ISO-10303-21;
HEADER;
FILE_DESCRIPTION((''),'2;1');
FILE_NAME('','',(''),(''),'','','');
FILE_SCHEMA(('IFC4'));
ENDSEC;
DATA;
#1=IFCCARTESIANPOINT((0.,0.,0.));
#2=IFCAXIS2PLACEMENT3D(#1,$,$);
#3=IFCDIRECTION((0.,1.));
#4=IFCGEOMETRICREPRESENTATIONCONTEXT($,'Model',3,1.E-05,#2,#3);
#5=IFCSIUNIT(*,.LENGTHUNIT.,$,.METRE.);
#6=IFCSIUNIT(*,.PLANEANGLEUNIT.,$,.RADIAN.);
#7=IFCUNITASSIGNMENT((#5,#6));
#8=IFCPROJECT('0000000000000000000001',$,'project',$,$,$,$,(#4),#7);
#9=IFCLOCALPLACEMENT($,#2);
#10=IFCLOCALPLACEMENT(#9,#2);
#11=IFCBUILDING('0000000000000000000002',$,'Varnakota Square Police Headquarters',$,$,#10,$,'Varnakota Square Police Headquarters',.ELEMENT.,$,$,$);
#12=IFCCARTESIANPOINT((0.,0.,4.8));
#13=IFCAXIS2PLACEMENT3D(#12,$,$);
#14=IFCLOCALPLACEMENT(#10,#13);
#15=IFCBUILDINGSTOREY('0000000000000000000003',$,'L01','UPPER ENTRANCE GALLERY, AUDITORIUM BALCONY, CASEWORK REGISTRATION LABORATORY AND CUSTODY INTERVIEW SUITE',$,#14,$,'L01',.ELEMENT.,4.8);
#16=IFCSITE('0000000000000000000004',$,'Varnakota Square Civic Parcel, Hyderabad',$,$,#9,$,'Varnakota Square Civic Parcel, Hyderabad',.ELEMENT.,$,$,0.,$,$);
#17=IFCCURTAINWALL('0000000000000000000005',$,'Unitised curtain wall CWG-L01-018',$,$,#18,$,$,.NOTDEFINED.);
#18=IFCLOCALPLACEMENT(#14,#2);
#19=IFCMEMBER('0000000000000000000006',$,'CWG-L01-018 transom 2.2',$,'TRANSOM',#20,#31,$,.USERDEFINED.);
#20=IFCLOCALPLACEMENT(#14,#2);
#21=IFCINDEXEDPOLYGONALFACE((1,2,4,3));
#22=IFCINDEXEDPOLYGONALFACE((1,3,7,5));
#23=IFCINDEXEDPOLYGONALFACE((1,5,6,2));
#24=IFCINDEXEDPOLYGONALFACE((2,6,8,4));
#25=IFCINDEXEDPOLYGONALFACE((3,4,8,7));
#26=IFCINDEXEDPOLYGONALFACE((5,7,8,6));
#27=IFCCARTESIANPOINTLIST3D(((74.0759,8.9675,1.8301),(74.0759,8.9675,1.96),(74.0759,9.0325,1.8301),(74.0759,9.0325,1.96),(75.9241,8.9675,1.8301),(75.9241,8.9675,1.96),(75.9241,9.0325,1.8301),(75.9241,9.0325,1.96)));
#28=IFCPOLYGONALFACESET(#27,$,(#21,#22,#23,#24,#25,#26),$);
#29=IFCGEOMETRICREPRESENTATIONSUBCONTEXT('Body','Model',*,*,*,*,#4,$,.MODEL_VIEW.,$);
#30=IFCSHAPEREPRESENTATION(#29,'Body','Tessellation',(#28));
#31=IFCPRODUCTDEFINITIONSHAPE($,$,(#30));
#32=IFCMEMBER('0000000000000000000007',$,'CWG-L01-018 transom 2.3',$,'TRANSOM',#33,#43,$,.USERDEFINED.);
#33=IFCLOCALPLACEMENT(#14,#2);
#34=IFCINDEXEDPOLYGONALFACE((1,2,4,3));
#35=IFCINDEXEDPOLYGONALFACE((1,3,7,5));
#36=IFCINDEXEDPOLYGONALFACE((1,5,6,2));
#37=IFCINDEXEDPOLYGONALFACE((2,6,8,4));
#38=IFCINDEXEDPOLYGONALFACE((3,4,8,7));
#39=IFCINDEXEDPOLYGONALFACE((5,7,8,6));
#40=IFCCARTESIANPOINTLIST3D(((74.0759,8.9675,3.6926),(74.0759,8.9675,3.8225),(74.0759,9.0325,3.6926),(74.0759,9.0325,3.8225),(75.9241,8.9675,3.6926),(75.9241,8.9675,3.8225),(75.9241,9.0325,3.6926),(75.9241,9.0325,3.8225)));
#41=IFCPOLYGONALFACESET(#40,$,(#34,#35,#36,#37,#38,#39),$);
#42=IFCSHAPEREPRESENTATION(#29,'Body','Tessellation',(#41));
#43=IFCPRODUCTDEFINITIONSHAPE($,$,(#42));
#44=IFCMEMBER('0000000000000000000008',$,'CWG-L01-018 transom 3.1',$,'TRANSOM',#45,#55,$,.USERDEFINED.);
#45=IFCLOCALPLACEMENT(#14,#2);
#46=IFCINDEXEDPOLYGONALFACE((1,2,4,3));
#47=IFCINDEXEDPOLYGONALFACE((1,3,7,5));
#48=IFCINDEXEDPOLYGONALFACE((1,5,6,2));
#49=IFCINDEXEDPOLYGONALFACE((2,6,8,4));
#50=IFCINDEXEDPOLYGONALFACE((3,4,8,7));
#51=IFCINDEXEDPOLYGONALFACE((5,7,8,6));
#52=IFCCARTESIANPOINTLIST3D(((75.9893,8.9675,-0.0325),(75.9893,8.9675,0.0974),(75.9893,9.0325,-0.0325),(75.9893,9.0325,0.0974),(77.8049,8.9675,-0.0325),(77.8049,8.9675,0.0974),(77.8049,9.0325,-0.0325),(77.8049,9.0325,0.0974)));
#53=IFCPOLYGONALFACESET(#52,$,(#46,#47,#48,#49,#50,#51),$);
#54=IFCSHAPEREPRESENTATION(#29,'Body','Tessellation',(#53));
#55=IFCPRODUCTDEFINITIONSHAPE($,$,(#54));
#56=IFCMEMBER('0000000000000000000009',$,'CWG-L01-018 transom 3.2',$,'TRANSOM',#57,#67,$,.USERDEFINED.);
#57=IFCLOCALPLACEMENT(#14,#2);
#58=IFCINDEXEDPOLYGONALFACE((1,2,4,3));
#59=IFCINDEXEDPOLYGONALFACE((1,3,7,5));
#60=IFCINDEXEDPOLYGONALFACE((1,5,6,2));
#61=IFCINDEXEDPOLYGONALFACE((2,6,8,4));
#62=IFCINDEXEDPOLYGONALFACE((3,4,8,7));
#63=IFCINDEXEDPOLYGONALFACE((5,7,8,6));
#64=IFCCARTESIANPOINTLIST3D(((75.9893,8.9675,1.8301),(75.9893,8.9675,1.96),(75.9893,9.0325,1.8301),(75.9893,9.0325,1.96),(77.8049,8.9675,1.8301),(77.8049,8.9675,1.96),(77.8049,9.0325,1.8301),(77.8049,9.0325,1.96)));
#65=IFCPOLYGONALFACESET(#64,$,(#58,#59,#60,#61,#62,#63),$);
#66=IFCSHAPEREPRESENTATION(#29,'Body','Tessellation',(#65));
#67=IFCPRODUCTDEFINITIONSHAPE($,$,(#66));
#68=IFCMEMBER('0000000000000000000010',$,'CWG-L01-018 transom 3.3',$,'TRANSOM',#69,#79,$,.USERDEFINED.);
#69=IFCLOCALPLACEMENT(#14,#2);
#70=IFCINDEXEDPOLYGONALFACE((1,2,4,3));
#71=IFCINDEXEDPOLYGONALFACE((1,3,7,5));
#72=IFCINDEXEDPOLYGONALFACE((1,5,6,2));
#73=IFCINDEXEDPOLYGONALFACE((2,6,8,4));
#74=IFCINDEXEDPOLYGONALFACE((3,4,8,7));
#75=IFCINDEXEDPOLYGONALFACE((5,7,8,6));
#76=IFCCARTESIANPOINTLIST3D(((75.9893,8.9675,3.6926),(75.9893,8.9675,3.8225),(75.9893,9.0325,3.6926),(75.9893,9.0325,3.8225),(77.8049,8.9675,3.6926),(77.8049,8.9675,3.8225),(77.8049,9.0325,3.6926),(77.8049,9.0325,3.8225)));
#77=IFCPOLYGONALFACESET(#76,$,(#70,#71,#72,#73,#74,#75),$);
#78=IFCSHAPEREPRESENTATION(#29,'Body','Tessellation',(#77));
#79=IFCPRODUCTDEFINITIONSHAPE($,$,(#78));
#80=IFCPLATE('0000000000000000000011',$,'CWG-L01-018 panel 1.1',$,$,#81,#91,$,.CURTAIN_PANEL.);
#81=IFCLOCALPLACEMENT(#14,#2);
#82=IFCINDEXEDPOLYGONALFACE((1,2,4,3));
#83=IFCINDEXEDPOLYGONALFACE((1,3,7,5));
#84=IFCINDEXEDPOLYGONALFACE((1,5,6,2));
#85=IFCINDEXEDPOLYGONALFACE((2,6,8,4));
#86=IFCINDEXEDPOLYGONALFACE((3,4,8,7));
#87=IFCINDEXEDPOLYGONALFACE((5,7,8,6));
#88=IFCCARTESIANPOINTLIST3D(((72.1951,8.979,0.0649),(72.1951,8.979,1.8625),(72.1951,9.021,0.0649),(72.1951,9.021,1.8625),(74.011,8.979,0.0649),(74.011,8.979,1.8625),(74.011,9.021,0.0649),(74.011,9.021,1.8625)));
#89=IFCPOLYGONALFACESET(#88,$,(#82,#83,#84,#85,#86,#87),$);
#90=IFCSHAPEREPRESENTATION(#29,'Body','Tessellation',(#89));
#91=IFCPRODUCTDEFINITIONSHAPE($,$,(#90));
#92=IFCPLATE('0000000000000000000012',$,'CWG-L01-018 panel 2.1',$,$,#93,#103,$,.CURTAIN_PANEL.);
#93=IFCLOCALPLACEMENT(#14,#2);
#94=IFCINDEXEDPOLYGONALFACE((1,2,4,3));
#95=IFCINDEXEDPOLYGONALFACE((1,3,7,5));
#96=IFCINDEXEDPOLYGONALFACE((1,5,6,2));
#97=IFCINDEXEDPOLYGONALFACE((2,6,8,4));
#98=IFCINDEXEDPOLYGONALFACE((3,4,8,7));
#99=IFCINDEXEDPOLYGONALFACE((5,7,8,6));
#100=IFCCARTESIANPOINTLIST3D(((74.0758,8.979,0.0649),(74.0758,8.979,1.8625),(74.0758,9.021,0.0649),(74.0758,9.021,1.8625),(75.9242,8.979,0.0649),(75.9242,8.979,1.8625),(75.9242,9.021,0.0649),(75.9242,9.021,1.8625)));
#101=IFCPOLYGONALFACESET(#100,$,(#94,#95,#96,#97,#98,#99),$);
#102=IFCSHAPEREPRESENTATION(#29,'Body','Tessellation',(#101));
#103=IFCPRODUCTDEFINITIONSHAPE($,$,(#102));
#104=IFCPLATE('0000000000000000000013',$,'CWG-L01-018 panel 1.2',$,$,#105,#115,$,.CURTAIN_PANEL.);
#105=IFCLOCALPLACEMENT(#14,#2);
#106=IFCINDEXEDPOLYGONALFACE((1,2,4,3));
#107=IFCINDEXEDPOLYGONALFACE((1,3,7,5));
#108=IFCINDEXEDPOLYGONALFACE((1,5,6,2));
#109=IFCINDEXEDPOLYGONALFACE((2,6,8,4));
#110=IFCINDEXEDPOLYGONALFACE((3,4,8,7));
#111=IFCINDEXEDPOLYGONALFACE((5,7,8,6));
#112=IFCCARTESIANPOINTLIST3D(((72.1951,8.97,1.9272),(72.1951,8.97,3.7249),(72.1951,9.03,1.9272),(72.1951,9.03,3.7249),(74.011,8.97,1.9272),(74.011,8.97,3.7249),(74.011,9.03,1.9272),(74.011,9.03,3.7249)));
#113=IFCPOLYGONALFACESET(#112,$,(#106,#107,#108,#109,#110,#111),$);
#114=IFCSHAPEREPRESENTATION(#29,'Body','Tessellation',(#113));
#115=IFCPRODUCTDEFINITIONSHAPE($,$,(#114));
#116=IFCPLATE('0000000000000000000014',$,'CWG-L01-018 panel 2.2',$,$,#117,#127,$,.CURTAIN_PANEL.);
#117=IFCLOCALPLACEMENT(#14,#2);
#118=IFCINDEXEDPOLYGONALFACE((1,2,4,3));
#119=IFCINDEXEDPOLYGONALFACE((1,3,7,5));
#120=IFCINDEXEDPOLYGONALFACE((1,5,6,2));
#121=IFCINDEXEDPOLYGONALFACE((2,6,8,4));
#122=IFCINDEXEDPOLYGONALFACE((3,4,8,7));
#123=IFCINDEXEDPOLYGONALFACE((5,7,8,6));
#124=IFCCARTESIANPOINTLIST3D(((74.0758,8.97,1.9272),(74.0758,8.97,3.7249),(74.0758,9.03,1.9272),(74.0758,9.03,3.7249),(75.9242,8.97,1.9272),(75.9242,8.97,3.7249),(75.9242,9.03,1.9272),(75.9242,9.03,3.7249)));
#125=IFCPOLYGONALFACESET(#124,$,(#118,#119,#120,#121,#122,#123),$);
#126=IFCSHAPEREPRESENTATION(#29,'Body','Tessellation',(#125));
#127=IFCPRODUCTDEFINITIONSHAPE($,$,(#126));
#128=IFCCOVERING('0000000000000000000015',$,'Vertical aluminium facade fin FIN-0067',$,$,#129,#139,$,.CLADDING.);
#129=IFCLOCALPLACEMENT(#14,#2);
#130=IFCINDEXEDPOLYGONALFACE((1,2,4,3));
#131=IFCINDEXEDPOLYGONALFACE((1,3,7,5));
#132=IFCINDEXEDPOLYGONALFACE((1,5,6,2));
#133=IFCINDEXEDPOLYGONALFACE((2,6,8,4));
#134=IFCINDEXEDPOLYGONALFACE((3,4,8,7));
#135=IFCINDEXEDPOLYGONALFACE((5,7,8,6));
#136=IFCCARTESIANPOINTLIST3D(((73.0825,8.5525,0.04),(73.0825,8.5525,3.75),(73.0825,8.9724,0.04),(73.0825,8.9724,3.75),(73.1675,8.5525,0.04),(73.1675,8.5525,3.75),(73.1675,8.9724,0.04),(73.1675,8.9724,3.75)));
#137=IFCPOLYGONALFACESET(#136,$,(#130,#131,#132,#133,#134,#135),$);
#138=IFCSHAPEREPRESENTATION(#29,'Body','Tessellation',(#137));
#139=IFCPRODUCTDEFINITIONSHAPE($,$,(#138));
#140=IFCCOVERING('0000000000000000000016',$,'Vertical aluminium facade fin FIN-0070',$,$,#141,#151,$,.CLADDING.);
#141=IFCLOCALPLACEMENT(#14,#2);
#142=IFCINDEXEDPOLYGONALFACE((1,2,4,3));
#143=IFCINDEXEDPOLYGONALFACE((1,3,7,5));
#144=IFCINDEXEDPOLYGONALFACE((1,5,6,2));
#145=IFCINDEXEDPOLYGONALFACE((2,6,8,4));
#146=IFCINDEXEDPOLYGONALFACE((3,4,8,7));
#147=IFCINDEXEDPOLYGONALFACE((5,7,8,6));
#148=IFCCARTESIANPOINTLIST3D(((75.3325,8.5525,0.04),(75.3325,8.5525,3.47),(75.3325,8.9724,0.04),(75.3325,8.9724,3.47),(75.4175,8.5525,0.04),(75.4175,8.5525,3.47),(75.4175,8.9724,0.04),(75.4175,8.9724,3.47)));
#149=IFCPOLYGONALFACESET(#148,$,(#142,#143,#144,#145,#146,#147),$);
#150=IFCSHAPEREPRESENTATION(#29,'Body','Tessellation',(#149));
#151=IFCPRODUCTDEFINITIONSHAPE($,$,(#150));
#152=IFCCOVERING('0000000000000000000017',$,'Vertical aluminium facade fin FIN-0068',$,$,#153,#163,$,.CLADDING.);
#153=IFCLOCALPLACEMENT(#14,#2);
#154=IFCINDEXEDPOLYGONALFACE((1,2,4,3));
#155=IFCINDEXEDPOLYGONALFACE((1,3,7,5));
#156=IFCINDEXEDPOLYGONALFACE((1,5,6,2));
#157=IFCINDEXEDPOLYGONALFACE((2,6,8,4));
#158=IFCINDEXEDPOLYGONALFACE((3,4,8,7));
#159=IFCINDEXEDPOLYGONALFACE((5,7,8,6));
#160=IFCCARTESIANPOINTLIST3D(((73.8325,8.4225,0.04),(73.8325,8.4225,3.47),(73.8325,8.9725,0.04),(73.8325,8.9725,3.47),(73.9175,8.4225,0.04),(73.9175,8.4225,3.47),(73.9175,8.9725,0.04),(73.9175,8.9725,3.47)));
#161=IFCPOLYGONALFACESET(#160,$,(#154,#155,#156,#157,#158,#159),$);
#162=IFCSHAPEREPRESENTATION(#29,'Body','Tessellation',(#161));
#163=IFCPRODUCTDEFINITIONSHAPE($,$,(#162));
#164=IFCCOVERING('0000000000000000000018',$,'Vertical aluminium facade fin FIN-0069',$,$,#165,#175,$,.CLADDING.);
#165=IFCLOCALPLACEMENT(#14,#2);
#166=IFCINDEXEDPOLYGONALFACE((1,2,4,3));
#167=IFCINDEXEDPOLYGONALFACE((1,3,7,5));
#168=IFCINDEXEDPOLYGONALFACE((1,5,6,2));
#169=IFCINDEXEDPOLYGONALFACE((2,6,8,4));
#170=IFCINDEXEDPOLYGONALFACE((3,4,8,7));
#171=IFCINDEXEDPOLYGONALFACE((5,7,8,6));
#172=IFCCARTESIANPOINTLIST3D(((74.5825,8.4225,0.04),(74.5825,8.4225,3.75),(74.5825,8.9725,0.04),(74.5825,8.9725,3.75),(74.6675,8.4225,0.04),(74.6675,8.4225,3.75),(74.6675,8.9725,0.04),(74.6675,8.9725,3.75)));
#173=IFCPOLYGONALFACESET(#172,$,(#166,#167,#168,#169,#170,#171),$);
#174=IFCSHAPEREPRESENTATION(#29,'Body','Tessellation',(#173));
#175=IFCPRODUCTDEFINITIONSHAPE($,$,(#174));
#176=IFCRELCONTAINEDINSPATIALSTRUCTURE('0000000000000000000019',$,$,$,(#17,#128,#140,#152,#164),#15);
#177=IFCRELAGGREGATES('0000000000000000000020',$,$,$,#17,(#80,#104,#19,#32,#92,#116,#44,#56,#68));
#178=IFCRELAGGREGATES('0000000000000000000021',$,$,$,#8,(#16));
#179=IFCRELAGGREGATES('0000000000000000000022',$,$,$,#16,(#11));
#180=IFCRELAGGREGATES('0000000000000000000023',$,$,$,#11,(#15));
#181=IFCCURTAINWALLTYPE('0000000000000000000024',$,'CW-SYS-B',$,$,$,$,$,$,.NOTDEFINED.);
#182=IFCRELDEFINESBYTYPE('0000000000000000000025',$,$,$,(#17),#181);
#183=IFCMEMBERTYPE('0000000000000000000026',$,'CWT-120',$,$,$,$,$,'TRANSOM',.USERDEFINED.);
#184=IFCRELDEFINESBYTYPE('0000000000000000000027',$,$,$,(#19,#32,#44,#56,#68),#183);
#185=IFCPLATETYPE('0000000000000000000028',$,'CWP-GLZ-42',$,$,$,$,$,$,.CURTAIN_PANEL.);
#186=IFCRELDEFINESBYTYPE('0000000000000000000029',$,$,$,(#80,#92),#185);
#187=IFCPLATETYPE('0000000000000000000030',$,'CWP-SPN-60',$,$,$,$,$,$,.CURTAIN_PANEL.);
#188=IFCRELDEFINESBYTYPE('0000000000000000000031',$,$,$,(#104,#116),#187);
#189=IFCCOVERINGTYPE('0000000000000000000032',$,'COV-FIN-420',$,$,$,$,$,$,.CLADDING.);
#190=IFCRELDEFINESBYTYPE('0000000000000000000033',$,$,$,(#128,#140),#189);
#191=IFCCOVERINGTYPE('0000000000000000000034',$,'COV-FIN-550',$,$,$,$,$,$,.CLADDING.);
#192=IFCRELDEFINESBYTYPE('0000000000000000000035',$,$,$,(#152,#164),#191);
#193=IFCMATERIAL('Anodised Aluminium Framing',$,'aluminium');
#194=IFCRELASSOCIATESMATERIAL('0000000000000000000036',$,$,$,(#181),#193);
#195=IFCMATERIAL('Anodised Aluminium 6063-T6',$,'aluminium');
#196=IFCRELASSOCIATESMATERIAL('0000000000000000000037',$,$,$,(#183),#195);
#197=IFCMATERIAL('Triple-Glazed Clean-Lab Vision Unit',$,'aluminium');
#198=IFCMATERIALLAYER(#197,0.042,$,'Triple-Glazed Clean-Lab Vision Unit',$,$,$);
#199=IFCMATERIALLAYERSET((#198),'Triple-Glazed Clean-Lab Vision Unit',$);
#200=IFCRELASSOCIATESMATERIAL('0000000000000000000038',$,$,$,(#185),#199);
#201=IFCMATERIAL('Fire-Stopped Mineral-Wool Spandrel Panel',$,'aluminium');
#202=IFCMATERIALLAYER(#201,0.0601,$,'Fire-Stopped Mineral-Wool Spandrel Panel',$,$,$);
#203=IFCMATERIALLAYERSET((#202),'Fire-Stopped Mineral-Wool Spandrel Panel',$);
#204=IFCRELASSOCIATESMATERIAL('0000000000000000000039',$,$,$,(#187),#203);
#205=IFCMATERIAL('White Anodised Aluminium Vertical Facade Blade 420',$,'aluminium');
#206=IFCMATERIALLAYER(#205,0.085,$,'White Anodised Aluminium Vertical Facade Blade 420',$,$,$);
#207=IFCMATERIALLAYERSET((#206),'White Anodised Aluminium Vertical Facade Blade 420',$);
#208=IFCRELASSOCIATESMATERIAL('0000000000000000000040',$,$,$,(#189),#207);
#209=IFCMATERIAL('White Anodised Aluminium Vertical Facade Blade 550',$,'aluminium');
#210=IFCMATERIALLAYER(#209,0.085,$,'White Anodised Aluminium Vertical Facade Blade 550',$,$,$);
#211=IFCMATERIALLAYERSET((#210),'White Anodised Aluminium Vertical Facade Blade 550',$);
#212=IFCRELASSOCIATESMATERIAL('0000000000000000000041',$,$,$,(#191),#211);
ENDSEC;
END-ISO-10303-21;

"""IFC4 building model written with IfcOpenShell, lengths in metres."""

from ifc_helpers import new_model, si_unit, direction, frame, origin, origin_2d, place, context, subcontext, project, spatial, rectangle, extrude, material, layer, layer_set, material_profile, profile_set, type_object, element, aggregate, save


model = new_model("IFC4")

# Units and contexts
model_context = context("Model", 3, precision=1e-05, world=origin(), true_north=direction((0.0, 1.0)))
body_context = subcontext(model_context, "Body", "Model", "MODEL_VIEW")
ifc_project = project(units=[si_unit("LENGTHUNIT", "METRE"), si_unit("PLANEANGLEUNIT", "RADIAN")], contexts=[model_context])

# Site, building, storey
site_placement = place(None, origin())
site = spatial("IfcSite", under=ifc_project, at=site_placement, Name="Varnakota Square Civic Parcel, Hyderabad", LongName="Varnakota Square Civic Parcel, Hyderabad", CompositionType="ELEMENT", RefElevation=0.0)
building_placement = place(site_placement, origin())
building = spatial("IfcBuilding", under=site, at=building_placement, Name="Varnakota Square Police Headquarters", LongName="Varnakota Square Police Headquarters", CompositionType="ELEMENT")
storey_placement = place(building_placement, frame((0.0, 0.0, 4.8)))
storey = spatial("IfcBuildingStorey", under=building, at=storey_placement, Name="L01", Description="UPPER ENTRANCE GALLERY, AUDITORIUM BALCONY, CASEWORK REGISTRATION LABORATORY AND CUSTODY INTERVIEW SUITE", LongName="L01", CompositionType="ELEMENT", Elevation=4.8)

# Curtain wall, members, plates
ifc_material_1 = material(Name="Anodised Aluminium Framing", Category="aluminium")
curtain_wall_type = type_object("IfcCurtainWallType", Name="CW-SYS-B", PredefinedType="NOTDEFINED", material=ifc_material_1)
curtain_wall_placement = place(storey_placement, origin())
curtain_wall = element("IfcCurtainWall", 1, at=curtain_wall_placement, inside=storey, type_object=curtain_wall_type, Name="Unitised curtain wall CWG-L01-018", PredefinedType="NOTDEFINED")
ifc_material_2 = material(Name="Anodised Aluminium 6063-T6", Category="aluminium")
ifc_material_profile_1 = material_profile(ifc_material_2, rectangle(XDim=0.0649, YDim=0.1299, at=origin_2d()), Name="ALU TRANSOM 65x130")
ifc_profile_set_1 = profile_set([ifc_material_profile_1], Name="Anodised Aluminium 6063-T6")
member_type_1 = type_object("IfcMemberType", Name="CWT-120", ElementType="TRANSOM", PredefinedType="USERDEFINED", material=ifc_profile_set_1)
member_1_placement = place(storey_placement, frame((74.0759, 9.0, 1.895), z_axis=(1.0, 0.0, 0.0), x_axis=(0.0, 1.0, 0.0)))
member_1 = element("IfcMember", 2, at=member_1_placement, type_object=member_type_1, Name="CWG-L01-018 transom 2.2", ObjectType="TRANSOM", PredefinedType="USERDEFINED", context=body_context, shape_type="SweptSolid", body=[
    extrude(rectangle(XDim=0.0649, YDim=0.1299, at=origin_2d()), origin(), (0.0, 0.0, 1.0), 1.8481),
])
member_2_placement = place(storey_placement, frame((74.0759, 9.0, 3.7576), z_axis=(1.0, 0.0, 0.0), x_axis=(0.0, 1.0, 0.0)))
member_2 = element("IfcMember", 3, at=member_2_placement, type_object=member_type_1, Name="CWG-L01-018 transom 2.3", ObjectType="TRANSOM", PredefinedType="USERDEFINED", context=body_context, shape_type="SweptSolid", body=[
    extrude(rectangle(XDim=0.0649, YDim=0.1299, at=origin_2d()), origin(), (0.0, 0.0, 1.0), 1.8481),
])
member_3_placement = place(storey_placement, frame((75.9893, 9.0, 0.0325), z_axis=(1.0, 0.0, 0.0), x_axis=(0.0, 1.0, 0.0)))
member_3 = element("IfcMember", 4, at=member_3_placement, type_object=member_type_1, Name="CWG-L01-018 transom 3.1", ObjectType="TRANSOM", PredefinedType="USERDEFINED", context=body_context, shape_type="SweptSolid", body=[
    extrude(rectangle(XDim=0.0649, YDim=0.1299, at=origin_2d()), origin(), (0.0, 0.0, 1.0), 1.8157),
])
member_4_placement = place(storey_placement, frame((75.9893, 9.0, 1.895), z_axis=(1.0, 0.0, 0.0), x_axis=(0.0, 1.0, 0.0)))
member_4 = element("IfcMember", 5, at=member_4_placement, type_object=member_type_1, Name="CWG-L01-018 transom 3.2", ObjectType="TRANSOM", PredefinedType="USERDEFINED", context=body_context, shape_type="SweptSolid", body=[
    extrude(rectangle(XDim=0.0649, YDim=0.1299, at=origin_2d()), origin(), (0.0, 0.0, 1.0), 1.8157),
])
member_5_placement = place(storey_placement, frame((75.9893, 9.0, 3.7576), z_axis=(1.0, 0.0, 0.0), x_axis=(0.0, 1.0, 0.0)))
member_5 = element("IfcMember", 6, at=member_5_placement, type_object=member_type_1, Name="CWG-L01-018 transom 3.3", ObjectType="TRANSOM", PredefinedType="USERDEFINED", context=body_context, shape_type="SweptSolid", body=[
    extrude(rectangle(XDim=0.0649, YDim=0.1299, at=origin_2d()), origin(), (0.0, 0.0, 1.0), 1.8157),
])
ifc_material_3 = material(Name="Triple-Glazed Clean-Lab Vision Unit", Category="aluminium")
ifc_layer_1 = layer(ifc_material_3, 0.042, Name="Triple-Glazed Clean-Lab Vision Unit")
ifc_layer_set_1 = layer_set([ifc_layer_1], Name="Triple-Glazed Clean-Lab Vision Unit")
plate_type_1 = type_object("IfcPlateType", Name="CWP-GLZ-42", PredefinedType="CURTAIN_PANEL", material=ifc_layer_set_1)
plate_1_placement = place(storey_placement, frame((73.103, 9.0, 0.0649), z_axis=(0.0, 0.0, 1.0), x_axis=(1.0, 0.0, 0.0)))
plate_1 = element("IfcPlate", 7, at=plate_1_placement, type_object=plate_type_1, Name="CWG-L01-018 panel 1.1", PredefinedType="CURTAIN_PANEL", context=body_context, shape_type="SweptSolid", body=[
    extrude(rectangle(XDim=1.8159, YDim=0.042, at=origin_2d()), origin(), (0.0, 0.0, 1.0), 1.7976),
])
plate_2_placement = place(storey_placement, frame((75.0, 9.0, 0.0649), z_axis=(0.0, 0.0, 1.0), x_axis=(1.0, 0.0, 0.0)))
plate_2 = element("IfcPlate", 8, at=plate_2_placement, type_object=plate_type_1, Name="CWG-L01-018 panel 2.1", PredefinedType="CURTAIN_PANEL", context=body_context, shape_type="SweptSolid", body=[
    extrude(rectangle(XDim=1.8484, YDim=0.042, at=origin_2d()), origin(), (0.0, 0.0, 1.0), 1.7976),
])
ifc_material_4 = material(Name="Fire-Stopped Mineral-Wool Spandrel Panel", Category="aluminium")
ifc_layer_2 = layer(ifc_material_4, 0.0601, Name="Fire-Stopped Mineral-Wool Spandrel Panel")
ifc_layer_set_2 = layer_set([ifc_layer_2], Name="Fire-Stopped Mineral-Wool Spandrel Panel")
plate_type_2 = type_object("IfcPlateType", Name="CWP-SPN-60", PredefinedType="CURTAIN_PANEL", material=ifc_layer_set_2)
plate_3_placement = place(storey_placement, frame((73.103, 9.0, 1.9272), z_axis=(0.0, 0.0, 1.0), x_axis=(1.0, 0.0, 0.0)))
plate_3 = element("IfcPlate", 9, at=plate_3_placement, type_object=plate_type_2, Name="CWG-L01-018 panel 1.2", PredefinedType="CURTAIN_PANEL", context=body_context, shape_type="SweptSolid", body=[
    extrude(rectangle(XDim=1.8159, YDim=0.0601, at=origin_2d()), origin(), (0.0, 0.0, 1.0), 1.7976),
])
plate_4_placement = place(storey_placement, frame((75.0, 9.0, 1.9272), z_axis=(0.0, 0.0, 1.0), x_axis=(1.0, 0.0, 0.0)))
plate_4 = element("IfcPlate", 10, at=plate_4_placement, type_object=plate_type_2, Name="CWG-L01-018 panel 2.2", PredefinedType="CURTAIN_PANEL", context=body_context, shape_type="SweptSolid", body=[
    extrude(rectangle(XDim=1.8484, YDim=0.0601, at=origin_2d()), origin(), (0.0, 0.0, 1.0), 1.7976),
])
aggregate(curtain_wall, [plate_1, plate_3, member_1, member_2, plate_2, plate_4, member_3, member_4, member_5])

# Coverings
ifc_material_5 = material(Name="White Anodised Aluminium Vertical Facade Blade 420", Category="aluminium")
ifc_layer_3 = layer(ifc_material_5, 0.085, Name="White Anodised Aluminium Vertical Facade Blade 420")
ifc_layer_set_3 = layer_set([ifc_layer_3], Name="White Anodised Aluminium Vertical Facade Blade 420")
covering_type_1 = type_object("IfcCoveringType", Name="COV-FIN-420", PredefinedType="CLADDING", material=ifc_layer_set_3)
covering_1_placement = place(storey_placement, frame((73.125, 8.7625, 0.04), z_axis=(0.0, 0.0, 1.0), x_axis=(1.0, 0.0, 0.0)))
element("IfcCovering", 11, at=covering_1_placement, inside=storey, type_object=covering_type_1, Name="Vertical aluminium facade fin FIN-0067", PredefinedType="CLADDING", context=body_context, shape_type="SweptSolid", body=[
    extrude(rectangle(XDim=0.085, YDim=0.4199, at=origin_2d()), origin(), (0.0, 0.0, 1.0), 3.71),
])
covering_2_placement = place(storey_placement, frame((75.375, 8.7625, 0.04), z_axis=(0.0, 0.0, 1.0), x_axis=(1.0, 0.0, 0.0)))
element("IfcCovering", 12, at=covering_2_placement, inside=storey, type_object=covering_type_1, Name="Vertical aluminium facade fin FIN-0070", PredefinedType="CLADDING", context=body_context, shape_type="SweptSolid", body=[
    extrude(rectangle(XDim=0.085, YDim=0.4199, at=origin_2d()), origin(), (0.0, 0.0, 1.0), 3.4299),
])
ifc_material_6 = material(Name="White Anodised Aluminium Vertical Facade Blade 550", Category="aluminium")
ifc_layer_4 = layer(ifc_material_6, 0.085, Name="White Anodised Aluminium Vertical Facade Blade 550")
ifc_layer_set_4 = layer_set([ifc_layer_4], Name="White Anodised Aluminium Vertical Facade Blade 550")
covering_type_2 = type_object("IfcCoveringType", Name="COV-FIN-550", PredefinedType="CLADDING", material=ifc_layer_set_4)
covering_3_placement = place(storey_placement, frame((73.875, 8.6975, 0.04), z_axis=(0.0, 0.0, 1.0), x_axis=(1.0, 0.0, 0.0)))
element("IfcCovering", 13, at=covering_3_placement, inside=storey, type_object=covering_type_2, Name="Vertical aluminium facade fin FIN-0068", PredefinedType="CLADDING", context=body_context, shape_type="SweptSolid", body=[
    extrude(rectangle(XDim=0.085, YDim=0.55, at=origin_2d()), origin(), (0.0, 0.0, 1.0), 3.4299),
])
covering_4_placement = place(storey_placement, frame((74.625, 8.6975, 0.04), z_axis=(0.0, 0.0, 1.0), x_axis=(1.0, 0.0, 0.0)))
element("IfcCovering", 14, at=covering_4_placement, inside=storey, type_object=covering_type_2, Name="Vertical aluminium facade fin FIN-0069", PredefinedType="CLADDING", context=body_context, shape_type="SweptSolid", body=[
    extrude(rectangle(XDim=0.085, YDim=0.55, at=origin_2d()), origin(), (0.0, 0.0, 1.0), 3.71),
])

save(model, "model.ifc")
